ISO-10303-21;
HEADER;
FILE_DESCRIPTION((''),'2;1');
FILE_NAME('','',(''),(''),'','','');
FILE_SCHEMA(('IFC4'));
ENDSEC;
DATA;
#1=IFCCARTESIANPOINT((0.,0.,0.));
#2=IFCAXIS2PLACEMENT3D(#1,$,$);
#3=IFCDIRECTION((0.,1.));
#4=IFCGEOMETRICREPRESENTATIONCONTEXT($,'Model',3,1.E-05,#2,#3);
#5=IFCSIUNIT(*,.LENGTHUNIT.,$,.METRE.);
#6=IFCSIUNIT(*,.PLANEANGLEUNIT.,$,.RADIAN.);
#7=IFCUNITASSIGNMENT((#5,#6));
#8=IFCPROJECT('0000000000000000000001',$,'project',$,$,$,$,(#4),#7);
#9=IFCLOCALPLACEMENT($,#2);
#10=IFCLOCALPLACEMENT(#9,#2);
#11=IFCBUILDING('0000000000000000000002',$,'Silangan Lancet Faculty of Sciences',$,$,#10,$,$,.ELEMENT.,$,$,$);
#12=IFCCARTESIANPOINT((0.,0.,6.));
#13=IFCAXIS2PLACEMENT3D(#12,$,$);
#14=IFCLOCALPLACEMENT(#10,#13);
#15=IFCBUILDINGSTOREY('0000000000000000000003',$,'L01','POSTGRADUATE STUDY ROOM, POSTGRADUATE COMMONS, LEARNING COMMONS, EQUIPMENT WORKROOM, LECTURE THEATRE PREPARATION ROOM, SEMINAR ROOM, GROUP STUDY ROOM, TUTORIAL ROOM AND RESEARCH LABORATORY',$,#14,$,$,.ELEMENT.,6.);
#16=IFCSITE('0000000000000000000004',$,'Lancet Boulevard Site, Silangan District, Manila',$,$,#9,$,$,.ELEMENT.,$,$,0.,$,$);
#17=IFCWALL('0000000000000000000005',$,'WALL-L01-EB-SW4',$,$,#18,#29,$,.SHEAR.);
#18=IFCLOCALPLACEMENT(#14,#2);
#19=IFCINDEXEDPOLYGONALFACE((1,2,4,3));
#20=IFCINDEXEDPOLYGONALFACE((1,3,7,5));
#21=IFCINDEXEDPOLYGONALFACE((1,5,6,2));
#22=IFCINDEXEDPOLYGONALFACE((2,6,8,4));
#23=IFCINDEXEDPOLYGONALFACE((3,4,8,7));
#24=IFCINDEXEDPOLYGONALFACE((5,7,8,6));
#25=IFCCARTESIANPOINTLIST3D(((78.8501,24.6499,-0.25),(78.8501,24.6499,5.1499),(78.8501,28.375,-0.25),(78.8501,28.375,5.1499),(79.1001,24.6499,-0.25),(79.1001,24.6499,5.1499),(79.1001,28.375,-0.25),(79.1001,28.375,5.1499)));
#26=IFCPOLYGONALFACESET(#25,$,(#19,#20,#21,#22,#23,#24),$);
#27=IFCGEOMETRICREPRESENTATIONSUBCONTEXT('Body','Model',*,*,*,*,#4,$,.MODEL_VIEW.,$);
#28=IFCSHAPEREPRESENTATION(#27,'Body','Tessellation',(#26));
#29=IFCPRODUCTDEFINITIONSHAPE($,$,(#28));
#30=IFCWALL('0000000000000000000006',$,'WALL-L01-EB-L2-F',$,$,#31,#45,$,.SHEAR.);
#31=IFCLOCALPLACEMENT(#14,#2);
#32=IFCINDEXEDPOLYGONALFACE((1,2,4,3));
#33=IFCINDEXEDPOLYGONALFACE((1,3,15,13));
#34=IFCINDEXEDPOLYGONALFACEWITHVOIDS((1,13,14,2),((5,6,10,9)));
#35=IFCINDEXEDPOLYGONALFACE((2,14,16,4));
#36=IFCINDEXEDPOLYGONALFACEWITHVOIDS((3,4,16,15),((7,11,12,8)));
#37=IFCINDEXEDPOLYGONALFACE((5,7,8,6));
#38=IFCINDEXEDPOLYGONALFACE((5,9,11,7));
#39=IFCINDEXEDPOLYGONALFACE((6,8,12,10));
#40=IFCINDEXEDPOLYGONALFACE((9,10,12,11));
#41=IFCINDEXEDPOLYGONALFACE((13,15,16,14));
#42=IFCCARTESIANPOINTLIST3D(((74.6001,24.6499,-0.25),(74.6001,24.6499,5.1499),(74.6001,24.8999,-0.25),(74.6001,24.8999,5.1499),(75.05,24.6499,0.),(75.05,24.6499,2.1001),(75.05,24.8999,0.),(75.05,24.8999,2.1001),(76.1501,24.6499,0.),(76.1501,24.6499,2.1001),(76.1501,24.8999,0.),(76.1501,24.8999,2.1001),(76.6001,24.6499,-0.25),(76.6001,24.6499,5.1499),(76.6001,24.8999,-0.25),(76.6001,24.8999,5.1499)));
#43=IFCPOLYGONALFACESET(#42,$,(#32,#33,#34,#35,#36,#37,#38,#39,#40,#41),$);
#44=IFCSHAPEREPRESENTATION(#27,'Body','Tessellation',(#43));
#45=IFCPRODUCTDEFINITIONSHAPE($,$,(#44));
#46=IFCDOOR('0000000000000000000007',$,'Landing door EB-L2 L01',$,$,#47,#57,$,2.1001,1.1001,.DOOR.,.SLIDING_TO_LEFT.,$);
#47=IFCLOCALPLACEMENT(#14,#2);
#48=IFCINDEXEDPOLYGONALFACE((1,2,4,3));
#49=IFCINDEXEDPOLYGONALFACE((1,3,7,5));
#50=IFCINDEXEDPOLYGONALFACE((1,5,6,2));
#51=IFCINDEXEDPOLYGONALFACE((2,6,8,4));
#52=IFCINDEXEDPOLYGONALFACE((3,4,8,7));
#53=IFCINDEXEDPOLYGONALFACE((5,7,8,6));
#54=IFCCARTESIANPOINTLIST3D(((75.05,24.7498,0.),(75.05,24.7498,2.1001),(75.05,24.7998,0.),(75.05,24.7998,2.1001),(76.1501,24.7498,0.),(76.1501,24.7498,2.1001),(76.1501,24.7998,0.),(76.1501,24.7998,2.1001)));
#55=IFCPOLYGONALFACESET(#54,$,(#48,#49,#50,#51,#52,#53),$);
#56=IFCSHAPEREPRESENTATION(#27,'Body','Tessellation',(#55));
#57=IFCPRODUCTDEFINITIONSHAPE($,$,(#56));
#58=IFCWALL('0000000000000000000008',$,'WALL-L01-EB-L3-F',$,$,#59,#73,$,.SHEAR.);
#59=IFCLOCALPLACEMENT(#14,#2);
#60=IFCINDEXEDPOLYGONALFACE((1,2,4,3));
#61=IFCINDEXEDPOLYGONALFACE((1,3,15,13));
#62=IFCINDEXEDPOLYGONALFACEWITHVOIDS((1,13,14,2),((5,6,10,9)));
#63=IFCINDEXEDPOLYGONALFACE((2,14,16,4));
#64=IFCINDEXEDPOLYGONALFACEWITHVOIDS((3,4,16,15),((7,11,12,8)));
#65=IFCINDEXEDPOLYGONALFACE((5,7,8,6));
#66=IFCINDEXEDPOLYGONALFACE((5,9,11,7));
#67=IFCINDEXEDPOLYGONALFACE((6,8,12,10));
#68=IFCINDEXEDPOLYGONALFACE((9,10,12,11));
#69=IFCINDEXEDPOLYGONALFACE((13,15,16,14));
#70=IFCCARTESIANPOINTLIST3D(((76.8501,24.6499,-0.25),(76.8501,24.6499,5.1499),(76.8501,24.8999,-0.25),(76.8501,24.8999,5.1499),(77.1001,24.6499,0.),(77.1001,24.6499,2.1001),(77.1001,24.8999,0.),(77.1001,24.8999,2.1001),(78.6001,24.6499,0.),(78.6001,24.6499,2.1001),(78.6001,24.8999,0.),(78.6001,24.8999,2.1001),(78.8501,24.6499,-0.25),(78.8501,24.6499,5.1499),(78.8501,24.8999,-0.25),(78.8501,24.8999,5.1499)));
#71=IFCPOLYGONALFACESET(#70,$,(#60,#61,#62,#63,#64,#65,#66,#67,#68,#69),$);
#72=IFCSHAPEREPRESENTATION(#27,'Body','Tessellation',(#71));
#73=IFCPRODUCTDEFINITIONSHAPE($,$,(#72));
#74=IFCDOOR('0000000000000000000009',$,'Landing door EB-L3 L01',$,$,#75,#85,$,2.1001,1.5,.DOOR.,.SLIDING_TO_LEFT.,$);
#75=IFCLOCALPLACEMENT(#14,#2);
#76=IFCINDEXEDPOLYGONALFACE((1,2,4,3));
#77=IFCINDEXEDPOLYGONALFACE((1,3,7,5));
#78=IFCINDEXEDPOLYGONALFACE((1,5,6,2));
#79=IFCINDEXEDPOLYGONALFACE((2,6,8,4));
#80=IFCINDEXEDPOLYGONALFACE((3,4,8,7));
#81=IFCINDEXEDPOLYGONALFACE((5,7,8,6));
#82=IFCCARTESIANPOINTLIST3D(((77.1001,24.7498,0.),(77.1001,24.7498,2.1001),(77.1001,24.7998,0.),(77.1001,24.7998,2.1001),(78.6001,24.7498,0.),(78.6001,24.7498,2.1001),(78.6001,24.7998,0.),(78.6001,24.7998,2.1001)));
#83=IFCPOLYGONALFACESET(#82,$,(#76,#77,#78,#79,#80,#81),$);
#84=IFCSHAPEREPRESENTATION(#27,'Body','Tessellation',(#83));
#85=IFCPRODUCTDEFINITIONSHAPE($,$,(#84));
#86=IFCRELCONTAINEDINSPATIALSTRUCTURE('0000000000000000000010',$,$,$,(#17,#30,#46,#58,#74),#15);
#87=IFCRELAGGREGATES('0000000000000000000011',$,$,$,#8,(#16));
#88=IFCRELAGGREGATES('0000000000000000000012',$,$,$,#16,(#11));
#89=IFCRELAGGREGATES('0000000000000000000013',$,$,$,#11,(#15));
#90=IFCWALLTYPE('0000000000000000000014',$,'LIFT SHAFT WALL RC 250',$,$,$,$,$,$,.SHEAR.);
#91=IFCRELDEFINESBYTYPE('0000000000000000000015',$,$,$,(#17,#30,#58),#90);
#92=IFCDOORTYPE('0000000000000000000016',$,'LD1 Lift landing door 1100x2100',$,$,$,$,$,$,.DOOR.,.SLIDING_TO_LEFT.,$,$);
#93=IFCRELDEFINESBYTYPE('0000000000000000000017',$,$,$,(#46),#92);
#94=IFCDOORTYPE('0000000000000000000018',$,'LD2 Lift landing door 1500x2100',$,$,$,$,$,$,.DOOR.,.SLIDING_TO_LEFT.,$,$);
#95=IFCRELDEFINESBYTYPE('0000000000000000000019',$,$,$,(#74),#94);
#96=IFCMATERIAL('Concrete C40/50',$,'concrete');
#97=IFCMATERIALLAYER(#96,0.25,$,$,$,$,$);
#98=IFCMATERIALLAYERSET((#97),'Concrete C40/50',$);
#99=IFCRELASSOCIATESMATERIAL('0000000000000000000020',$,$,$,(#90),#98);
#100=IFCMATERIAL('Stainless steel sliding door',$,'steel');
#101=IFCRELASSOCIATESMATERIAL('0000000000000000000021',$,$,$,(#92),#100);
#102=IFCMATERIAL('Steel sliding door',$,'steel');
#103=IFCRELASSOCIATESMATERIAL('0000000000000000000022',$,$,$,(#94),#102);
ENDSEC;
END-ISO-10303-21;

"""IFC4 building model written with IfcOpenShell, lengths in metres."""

from ifc_helpers import new_model, si_unit, direction, frame, frame_2d, origin, place, context, subcontext, project, spatial, rectangle, extrude, material, layer, layer_set, type_object, element, fill, save


model = new_model("IFC4")

# Units and contexts
model_context = context("Model", 3, precision=1e-05, world=origin(), true_north=direction((0.0, 1.0)))
body_context = subcontext(model_context, "Body", "Model", "MODEL_VIEW")
ifc_project = project(units=[si_unit("LENGTHUNIT", "METRE"), si_unit("PLANEANGLEUNIT", "RADIAN")], contexts=[model_context])

# Site, building, storey
site_placement = place(None, origin())
site = spatial("IfcSite", under=ifc_project, at=site_placement, Name="Lancet Boulevard Site, Silangan District, Manila", CompositionType="ELEMENT", RefElevation=0.0)
building_placement = place(site_placement, origin())
building = spatial("IfcBuilding", under=site, at=building_placement, Name="Silangan Lancet Faculty of Sciences", CompositionType="ELEMENT")
storey_placement = place(building_placement, frame((0.0, 0.0, 6.0)))
storey = spatial("IfcBuildingStorey", under=building, at=storey_placement, Name="L01", Description="POSTGRADUATE STUDY ROOM, POSTGRADUATE COMMONS, LEARNING COMMONS, EQUIPMENT WORKROOM, LECTURE THEATRE PREPARATION ROOM, SEMINAR ROOM, GROUP STUDY ROOM, TUTORIAL ROOM AND RESEARCH LABORATORY", CompositionType="ELEMENT", Elevation=6.0)

# Wall
ifc_material_1 = material(Name="Concrete C40/50", Category="concrete")
ifc_layer_1 = layer(ifc_material_1, 0.25)
ifc_layer_set_1 = layer_set([ifc_layer_1], Name="Concrete C40/50")
wall_type_1 = type_object("IfcWallType", Name="LIFT SHAFT WALL RC 250", PredefinedType="SHEAR", material=ifc_layer_set_1)
wall_1_placement = place(storey_placement, frame((78.9751, 24.6499, -0.25), z_axis=(0.0, 0.0, 1.0), x_axis=(0.0, 1.0, 0.0)))
element("IfcWall", 1, at=wall_1_placement, inside=storey, type_object=wall_type_1, Name="WALL-L01-EB-SW4", PredefinedType="SHEAR", context=body_context, shape_type="SweptSolid", body=[
    extrude(rectangle(XDim=3.7251, YDim=0.25, at=frame_2d((1.8625, 0.0))), origin(), (0.0, 0.0, 1.0), 5.3999),
])

# Walls, openings, doors
wall_2_placement = place(storey_placement, frame((74.6001, 24.7749, -0.25), z_axis=(0.0, 0.0, 1.0), x_axis=(1.0, 0.0, 0.0)))
wall_2 = element("IfcWall", 2, at=wall_2_placement, inside=storey, type_object=wall_type_1, Name="WALL-L01-EB-L2-F", PredefinedType="SHEAR", context=body_context, shape_type="SweptSolid", body=[
    extrude(rectangle(XDim=2.0, YDim=0.25, at=frame_2d((1.0, 0.0))), origin(), (0.0, 0.0, 1.0), 5.3999),
])
opening_1_placement = place(wall_2_placement, frame((0.45, 0.0, 0.25)))
opening_1 = element("IfcOpeningElement", 3, at=opening_1_placement, cuts=wall_2, PredefinedType="OPENING", context=body_context, shape_type="SweptSolid", body=[
    extrude(rectangle(XDim=1.1001, YDim=2.1001, at=frame_2d((0.55, 1.05))), frame((0.0, 0.135, 0.0), z_axis=(0.0, -1.0, 0.0), x_axis=(1.0, 0.0, 0.0)), (0.0, 0.0, 1.0), 0.27),
])
ifc_material_2 = material(Name="Stainless steel sliding door", Category="steel")
door_type_1 = type_object("IfcDoorType", Name="LD1 Lift landing door 1100x2100", OperationType="SLIDING_TO_LEFT", PredefinedType="DOOR", material=ifc_material_2)
door_1_placement = place(opening_1_placement, origin())
door_1 = element("IfcDoor", 4, at=door_1_placement, inside=storey, type_object=door_type_1, Name="Landing door EB-L2 L01", OperationType="SLIDING_TO_LEFT", OverallHeight=2.1001, OverallWidth=1.1001, PredefinedType="DOOR", context=body_context, shape_type="SweptSolid", body=[
    extrude(rectangle(XDim=1.1001, YDim=2.1001, at=frame_2d((0.55, 1.05))), frame((0.0, 0.0249, 0.0), z_axis=(0.0, -1.0, 0.0), x_axis=(1.0, 0.0, 0.0)), (0.0, 0.0, 1.0), 0.05),
])
fill(opening_1, door_1)
wall_3_placement = place(storey_placement, frame((76.8501, 24.7749, -0.25), z_axis=(0.0, 0.0, 1.0), x_axis=(1.0, 0.0, 0.0)))
wall_3 = element("IfcWall", 5, at=wall_3_placement, inside=storey, type_object=wall_type_1, Name="WALL-L01-EB-L3-F", PredefinedType="SHEAR", context=body_context, shape_type="SweptSolid", body=[
    extrude(rectangle(XDim=2.0, YDim=0.25, at=frame_2d((1.0, 0.0))), origin(), (0.0, 0.0, 1.0), 5.3999),
])
opening_2_placement = place(wall_3_placement, frame((0.25, 0.0, 0.25)))
opening_2 = element("IfcOpeningElement", 6, at=opening_2_placement, cuts=wall_3, PredefinedType="OPENING", context=body_context, shape_type="SweptSolid", body=[
    extrude(rectangle(XDim=1.5, YDim=2.1001, at=frame_2d((0.75, 1.05))), frame((0.0, 0.135, 0.0), z_axis=(0.0, -1.0, 0.0), x_axis=(1.0, 0.0, 0.0)), (0.0, 0.0, 1.0), 0.27),
])
ifc_material_3 = material(Name="Steel sliding door", Category="steel")
door_type_2 = type_object("IfcDoorType", Name="LD2 Lift landing door 1500x2100", OperationType="SLIDING_TO_LEFT", PredefinedType="DOOR", material=ifc_material_3)
door_2_placement = place(opening_2_placement, origin())
door_2 = element("IfcDoor", 7, at=door_2_placement, inside=storey, type_object=door_type_2, Name="Landing door EB-L3 L01", OperationType="SLIDING_TO_LEFT", OverallHeight=2.1001, OverallWidth=1.5, PredefinedType="DOOR", context=body_context, shape_type="SweptSolid", body=[
    extrude(rectangle(XDim=1.5, YDim=2.1001, at=frame_2d((0.75, 1.05))), frame((0.0, 0.0249, 0.0), z_axis=(0.0, -1.0, 0.0), x_axis=(1.0, 0.0, 0.0)), (0.0, 0.0, 1.0), 0.05),
])
fill(opening_2, door_2)

save(model, "model.ifc")
